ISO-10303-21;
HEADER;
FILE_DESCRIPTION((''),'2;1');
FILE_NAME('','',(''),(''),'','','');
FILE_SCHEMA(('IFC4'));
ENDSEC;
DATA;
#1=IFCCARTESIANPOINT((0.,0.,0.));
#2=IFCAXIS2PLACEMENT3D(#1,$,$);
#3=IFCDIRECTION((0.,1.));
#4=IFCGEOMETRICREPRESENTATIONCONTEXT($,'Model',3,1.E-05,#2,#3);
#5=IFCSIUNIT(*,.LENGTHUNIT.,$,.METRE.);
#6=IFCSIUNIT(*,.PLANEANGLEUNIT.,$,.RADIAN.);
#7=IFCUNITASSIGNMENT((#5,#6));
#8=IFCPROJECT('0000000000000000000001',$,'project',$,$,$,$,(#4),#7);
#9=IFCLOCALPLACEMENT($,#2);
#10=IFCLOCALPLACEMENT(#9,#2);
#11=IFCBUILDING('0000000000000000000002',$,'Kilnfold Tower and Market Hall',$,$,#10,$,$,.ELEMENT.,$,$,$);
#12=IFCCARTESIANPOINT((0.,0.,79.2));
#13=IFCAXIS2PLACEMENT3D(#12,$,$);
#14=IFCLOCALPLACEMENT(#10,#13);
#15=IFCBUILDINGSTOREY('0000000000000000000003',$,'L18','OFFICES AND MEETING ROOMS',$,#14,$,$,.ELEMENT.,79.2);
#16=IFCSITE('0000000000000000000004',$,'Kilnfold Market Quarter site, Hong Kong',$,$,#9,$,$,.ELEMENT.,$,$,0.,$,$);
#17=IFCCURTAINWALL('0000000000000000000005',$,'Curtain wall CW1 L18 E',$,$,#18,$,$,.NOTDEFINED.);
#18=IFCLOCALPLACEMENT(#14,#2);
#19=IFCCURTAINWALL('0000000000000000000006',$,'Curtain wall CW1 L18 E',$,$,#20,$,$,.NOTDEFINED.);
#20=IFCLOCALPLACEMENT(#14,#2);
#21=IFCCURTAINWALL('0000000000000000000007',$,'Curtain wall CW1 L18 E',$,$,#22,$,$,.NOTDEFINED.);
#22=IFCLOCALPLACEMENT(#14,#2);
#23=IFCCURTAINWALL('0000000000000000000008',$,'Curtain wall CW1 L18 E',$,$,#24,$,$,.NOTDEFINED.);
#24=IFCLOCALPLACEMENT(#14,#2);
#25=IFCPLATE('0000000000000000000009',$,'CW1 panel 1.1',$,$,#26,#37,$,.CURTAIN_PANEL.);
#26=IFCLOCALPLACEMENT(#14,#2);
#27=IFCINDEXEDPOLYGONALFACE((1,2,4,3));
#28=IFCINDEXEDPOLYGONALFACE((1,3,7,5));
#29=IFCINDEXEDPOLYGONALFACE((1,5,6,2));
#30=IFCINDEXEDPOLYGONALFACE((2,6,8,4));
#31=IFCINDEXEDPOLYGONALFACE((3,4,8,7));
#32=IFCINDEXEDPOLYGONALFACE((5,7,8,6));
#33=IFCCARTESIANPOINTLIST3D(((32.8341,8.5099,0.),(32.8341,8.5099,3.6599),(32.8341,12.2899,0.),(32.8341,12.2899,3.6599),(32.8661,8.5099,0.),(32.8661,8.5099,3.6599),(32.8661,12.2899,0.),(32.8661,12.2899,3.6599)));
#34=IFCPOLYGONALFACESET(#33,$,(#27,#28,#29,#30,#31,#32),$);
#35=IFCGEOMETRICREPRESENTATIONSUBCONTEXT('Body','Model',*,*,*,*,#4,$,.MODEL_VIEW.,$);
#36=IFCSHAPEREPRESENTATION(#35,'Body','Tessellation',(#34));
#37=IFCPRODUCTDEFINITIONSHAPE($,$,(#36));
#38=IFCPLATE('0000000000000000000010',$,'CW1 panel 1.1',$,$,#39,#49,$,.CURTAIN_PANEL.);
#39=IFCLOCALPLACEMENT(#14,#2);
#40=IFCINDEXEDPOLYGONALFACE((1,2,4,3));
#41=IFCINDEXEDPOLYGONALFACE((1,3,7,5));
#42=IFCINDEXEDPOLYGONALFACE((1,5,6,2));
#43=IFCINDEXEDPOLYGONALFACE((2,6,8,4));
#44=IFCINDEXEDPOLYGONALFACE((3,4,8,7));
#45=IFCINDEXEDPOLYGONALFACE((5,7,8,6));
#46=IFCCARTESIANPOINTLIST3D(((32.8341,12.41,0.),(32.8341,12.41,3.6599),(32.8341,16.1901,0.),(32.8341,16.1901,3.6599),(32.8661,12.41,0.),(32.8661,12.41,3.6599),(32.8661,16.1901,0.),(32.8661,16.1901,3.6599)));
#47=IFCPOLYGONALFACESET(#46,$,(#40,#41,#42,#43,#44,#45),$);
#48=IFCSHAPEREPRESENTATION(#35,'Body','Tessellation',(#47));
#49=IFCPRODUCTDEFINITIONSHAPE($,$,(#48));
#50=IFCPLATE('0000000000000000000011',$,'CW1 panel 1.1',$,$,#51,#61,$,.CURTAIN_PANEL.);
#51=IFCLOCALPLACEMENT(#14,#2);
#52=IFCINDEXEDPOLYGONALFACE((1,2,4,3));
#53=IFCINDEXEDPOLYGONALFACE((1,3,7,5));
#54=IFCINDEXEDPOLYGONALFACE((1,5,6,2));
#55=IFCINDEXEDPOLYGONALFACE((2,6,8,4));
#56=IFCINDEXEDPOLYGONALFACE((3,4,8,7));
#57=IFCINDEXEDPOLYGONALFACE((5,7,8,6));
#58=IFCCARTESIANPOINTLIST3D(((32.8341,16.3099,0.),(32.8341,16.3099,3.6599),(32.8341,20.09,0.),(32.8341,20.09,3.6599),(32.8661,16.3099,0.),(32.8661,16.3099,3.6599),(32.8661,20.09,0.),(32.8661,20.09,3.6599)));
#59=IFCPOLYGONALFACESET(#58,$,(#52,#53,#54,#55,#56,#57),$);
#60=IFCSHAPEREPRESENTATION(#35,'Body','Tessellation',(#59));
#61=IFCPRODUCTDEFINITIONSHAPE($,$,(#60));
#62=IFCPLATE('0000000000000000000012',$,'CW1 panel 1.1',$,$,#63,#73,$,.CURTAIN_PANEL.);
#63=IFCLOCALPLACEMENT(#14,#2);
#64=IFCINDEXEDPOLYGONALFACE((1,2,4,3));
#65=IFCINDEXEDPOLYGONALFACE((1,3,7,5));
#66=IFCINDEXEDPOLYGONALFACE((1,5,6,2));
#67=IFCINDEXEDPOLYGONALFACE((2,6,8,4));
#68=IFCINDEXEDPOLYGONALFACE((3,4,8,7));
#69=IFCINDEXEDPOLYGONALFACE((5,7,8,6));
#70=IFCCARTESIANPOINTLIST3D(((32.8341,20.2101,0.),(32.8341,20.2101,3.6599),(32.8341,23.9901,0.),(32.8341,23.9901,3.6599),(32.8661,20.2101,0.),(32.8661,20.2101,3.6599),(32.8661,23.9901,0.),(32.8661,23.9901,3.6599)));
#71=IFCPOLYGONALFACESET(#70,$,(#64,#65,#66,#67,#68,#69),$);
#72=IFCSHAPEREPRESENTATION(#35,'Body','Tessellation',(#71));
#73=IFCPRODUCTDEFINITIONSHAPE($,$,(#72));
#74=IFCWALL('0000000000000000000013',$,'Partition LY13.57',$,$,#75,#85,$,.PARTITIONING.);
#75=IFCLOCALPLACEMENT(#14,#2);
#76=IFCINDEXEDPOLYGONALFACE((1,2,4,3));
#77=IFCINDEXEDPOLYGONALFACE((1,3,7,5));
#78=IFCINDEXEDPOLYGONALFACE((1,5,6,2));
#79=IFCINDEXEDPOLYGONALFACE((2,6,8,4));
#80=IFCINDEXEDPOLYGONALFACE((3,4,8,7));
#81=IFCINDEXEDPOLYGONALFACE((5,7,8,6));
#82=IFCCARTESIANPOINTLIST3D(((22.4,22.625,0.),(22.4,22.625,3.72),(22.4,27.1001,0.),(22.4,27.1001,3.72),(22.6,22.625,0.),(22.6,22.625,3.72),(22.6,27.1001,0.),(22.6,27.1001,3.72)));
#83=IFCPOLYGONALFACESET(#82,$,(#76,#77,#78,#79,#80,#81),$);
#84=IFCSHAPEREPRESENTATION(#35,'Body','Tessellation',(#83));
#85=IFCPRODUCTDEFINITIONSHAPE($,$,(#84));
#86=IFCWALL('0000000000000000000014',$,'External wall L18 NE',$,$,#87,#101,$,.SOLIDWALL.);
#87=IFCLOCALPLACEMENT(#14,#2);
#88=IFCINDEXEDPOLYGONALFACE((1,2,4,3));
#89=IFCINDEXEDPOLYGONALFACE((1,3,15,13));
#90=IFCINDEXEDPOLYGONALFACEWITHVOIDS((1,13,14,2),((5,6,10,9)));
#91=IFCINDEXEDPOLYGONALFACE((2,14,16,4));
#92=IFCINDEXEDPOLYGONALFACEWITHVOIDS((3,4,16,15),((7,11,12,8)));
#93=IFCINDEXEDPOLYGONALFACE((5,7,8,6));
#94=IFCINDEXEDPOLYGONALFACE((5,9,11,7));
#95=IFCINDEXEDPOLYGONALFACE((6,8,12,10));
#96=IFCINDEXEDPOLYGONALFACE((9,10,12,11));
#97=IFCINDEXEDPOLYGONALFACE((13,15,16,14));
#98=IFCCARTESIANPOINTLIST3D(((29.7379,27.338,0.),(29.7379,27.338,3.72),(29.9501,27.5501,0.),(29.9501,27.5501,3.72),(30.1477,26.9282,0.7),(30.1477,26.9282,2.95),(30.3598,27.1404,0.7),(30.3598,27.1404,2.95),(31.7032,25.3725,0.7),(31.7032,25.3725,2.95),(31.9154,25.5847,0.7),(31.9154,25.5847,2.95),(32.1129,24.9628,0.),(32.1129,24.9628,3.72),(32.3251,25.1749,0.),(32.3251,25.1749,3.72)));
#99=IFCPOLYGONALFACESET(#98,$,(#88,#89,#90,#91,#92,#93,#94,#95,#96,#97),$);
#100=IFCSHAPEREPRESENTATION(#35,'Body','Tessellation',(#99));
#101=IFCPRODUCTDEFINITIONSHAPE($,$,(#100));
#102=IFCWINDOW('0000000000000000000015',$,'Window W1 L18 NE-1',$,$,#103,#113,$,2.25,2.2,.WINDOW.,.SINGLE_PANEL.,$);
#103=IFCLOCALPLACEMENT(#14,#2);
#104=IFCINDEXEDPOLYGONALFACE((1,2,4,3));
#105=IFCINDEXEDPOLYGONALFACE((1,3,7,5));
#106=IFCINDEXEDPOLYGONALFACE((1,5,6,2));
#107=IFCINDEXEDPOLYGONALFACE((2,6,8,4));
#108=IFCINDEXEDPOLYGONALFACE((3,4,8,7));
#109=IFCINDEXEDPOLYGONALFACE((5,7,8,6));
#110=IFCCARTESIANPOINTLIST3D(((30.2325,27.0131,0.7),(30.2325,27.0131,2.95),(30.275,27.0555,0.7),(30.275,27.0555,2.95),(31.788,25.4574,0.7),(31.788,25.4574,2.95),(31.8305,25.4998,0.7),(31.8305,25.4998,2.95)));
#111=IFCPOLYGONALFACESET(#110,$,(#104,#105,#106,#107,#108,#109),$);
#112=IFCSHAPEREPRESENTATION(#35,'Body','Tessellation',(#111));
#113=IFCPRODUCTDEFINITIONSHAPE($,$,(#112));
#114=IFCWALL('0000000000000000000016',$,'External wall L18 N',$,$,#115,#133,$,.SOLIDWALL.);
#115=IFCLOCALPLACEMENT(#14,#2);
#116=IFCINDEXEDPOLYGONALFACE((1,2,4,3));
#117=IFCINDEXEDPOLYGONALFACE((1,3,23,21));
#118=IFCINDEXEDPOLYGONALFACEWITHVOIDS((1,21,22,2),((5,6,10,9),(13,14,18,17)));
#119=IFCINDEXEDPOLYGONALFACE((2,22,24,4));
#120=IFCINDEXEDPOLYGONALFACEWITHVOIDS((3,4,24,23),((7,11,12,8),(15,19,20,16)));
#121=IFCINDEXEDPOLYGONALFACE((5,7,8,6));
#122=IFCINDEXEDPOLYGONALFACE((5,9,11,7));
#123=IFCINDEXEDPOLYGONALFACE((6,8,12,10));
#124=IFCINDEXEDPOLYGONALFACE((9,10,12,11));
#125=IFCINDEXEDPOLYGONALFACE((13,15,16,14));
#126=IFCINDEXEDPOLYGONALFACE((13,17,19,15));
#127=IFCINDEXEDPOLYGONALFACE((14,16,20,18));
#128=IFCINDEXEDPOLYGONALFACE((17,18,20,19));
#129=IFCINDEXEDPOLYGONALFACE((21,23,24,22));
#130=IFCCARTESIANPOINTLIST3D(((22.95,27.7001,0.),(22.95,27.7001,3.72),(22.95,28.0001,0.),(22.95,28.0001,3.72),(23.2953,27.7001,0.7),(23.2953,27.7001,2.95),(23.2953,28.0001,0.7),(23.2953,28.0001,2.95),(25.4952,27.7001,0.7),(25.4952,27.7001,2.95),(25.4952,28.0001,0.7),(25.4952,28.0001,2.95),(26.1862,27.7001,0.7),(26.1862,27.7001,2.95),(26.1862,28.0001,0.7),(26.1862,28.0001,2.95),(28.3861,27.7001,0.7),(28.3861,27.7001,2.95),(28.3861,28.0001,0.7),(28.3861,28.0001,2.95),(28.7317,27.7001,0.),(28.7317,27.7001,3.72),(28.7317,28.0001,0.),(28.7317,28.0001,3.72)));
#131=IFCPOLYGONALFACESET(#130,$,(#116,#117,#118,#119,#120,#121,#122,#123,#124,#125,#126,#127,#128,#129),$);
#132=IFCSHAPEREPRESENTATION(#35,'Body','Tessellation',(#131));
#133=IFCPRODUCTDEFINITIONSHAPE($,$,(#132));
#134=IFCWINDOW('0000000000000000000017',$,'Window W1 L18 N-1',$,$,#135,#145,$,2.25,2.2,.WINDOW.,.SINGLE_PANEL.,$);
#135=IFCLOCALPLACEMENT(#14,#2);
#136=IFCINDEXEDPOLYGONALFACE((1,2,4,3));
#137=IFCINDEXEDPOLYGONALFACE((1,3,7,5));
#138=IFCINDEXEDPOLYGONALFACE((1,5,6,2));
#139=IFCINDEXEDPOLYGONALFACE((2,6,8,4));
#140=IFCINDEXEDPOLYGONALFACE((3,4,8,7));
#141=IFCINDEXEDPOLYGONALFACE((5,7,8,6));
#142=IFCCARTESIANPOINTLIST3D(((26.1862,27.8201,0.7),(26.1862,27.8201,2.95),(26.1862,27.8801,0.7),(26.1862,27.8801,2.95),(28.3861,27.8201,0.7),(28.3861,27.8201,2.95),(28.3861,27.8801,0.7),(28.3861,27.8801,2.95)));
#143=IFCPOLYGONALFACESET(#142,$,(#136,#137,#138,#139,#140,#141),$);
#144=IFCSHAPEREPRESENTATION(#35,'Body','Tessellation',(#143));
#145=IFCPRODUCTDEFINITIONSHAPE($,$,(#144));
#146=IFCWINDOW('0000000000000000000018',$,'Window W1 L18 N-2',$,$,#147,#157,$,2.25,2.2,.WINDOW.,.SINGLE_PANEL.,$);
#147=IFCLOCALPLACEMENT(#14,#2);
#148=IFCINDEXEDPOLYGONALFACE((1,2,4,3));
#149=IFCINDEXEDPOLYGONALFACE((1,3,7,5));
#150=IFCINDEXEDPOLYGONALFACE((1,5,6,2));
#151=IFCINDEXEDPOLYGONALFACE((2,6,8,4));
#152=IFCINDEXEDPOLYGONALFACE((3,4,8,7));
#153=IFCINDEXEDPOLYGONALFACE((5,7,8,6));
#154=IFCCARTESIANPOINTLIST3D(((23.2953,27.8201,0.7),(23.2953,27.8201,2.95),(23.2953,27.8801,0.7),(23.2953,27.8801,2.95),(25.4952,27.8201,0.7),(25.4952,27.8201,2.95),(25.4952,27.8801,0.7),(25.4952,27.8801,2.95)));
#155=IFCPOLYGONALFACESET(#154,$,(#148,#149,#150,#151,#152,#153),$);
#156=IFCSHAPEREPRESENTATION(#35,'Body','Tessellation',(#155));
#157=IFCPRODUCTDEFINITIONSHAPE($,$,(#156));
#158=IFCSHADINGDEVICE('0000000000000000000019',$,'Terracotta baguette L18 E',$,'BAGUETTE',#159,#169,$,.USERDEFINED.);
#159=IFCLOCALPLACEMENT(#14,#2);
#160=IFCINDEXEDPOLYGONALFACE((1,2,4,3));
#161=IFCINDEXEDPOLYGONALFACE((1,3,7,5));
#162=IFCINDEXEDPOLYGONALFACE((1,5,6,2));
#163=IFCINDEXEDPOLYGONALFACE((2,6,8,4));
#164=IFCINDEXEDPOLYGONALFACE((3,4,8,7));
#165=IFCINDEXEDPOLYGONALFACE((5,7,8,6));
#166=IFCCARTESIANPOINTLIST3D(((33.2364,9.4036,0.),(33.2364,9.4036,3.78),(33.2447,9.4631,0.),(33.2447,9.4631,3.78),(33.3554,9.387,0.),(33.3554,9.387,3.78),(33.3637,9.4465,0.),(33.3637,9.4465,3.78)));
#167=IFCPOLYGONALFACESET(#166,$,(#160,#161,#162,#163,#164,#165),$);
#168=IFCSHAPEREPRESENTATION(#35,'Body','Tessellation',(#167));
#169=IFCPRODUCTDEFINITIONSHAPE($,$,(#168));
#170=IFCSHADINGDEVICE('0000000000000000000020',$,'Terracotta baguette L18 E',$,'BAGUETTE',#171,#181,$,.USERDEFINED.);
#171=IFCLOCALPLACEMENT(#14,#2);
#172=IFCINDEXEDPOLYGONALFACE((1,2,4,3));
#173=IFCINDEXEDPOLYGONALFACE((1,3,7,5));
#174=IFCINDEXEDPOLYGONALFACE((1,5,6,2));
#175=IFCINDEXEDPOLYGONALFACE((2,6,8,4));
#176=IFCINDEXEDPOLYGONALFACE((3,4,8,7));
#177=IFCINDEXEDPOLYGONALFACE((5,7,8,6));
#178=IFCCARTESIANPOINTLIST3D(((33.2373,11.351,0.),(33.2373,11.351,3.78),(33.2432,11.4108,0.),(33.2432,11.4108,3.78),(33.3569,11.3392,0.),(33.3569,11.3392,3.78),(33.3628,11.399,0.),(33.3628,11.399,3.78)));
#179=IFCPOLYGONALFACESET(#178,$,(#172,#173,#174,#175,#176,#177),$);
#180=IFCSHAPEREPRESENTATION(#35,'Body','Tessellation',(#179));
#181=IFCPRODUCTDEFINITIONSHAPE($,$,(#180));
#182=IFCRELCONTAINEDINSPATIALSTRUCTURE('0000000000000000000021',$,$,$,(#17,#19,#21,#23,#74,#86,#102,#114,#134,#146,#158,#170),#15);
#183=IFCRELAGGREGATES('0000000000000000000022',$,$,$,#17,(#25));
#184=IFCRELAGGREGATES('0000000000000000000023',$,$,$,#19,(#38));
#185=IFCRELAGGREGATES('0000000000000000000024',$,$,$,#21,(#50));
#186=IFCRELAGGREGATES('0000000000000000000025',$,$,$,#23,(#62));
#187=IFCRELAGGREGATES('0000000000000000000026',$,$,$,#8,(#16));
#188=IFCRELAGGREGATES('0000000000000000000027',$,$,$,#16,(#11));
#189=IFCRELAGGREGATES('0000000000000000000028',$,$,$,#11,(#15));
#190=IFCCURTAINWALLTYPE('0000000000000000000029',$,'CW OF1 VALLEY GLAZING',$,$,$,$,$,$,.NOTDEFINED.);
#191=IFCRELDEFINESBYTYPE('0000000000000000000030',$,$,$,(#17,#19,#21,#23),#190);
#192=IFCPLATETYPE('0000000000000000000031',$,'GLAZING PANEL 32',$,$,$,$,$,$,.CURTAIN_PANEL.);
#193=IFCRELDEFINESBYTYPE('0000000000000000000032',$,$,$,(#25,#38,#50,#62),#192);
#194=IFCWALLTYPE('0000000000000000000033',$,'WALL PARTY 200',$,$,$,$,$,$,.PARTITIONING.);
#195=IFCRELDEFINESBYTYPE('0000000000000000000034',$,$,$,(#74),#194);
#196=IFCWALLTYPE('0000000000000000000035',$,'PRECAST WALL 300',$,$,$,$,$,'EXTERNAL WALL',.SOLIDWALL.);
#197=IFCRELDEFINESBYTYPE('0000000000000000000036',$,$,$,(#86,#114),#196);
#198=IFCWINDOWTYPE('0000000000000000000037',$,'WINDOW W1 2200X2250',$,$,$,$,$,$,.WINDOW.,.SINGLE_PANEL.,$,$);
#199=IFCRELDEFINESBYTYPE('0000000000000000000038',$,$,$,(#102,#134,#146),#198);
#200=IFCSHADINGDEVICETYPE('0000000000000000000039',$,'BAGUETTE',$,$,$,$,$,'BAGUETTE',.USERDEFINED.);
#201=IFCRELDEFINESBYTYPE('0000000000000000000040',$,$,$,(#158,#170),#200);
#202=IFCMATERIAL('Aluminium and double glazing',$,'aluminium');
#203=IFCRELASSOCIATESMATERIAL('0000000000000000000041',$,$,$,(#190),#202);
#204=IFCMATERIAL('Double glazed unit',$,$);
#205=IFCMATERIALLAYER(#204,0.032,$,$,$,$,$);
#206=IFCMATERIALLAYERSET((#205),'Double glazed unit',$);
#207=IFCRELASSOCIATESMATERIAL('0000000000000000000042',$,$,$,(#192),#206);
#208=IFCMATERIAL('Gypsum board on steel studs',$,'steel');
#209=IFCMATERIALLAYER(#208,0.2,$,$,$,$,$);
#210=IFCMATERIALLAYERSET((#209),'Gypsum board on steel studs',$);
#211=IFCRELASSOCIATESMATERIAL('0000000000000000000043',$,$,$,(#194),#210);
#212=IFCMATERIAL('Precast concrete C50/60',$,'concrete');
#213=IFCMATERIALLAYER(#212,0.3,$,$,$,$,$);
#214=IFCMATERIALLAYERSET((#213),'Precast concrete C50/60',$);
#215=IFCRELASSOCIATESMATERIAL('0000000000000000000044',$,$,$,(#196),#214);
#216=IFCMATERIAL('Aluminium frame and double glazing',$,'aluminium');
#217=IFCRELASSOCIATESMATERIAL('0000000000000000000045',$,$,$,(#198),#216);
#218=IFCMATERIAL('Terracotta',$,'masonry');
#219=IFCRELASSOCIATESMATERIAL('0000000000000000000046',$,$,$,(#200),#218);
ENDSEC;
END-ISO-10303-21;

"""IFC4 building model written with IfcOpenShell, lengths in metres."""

from ifc_helpers import new_model, si_unit, direction, frame, frame_2d, origin, origin_2d, place, context, subcontext, project, spatial, rectangle, extrude, source, transform, mapped, material, layer, layer_set, material_profile, profile_set, type_object, element, fill, aggregate, save


model = new_model("IFC4")

# Units and contexts
model_context = context("Model", 3, precision=1e-05, world=origin(), true_north=direction((0.0, 1.0)))
body_context = subcontext(model_context, "Body", "Model", "MODEL_VIEW")
ifc_project = project(units=[si_unit("LENGTHUNIT", "METRE"), si_unit("PLANEANGLEUNIT", "RADIAN")], contexts=[model_context])

# Site, building, storey
site_placement = place(None, origin())
site = spatial("IfcSite", under=ifc_project, at=site_placement, Name="Kilnfold Market Quarter site, Hong Kong", CompositionType="ELEMENT", RefElevation=0.0)
building_placement = place(site_placement, origin())
building = spatial("IfcBuilding", under=site, at=building_placement, Name="Kilnfold Tower and Market Hall", CompositionType="ELEMENT")
storey_placement = place(building_placement, frame((0.0, 0.0, 79.2)))
storey = spatial("IfcBuildingStorey", under=building, at=storey_placement, Name="L18", Description="OFFICES AND MEETING ROOMS", CompositionType="ELEMENT", Elevation=79.2)

# Curtain wall
ifc_material_1 = material(Name="Aluminium and double glazing", Category="aluminium")
curtain_wall_type = type_object("IfcCurtainWallType", Name="CW OF1 VALLEY GLAZING", PredefinedType="NOTDEFINED", material=ifc_material_1)
curtain_wall_1_placement = place(storey_placement, origin())
curtain_wall_1 = element("IfcCurtainWall", 1, at=curtain_wall_1_placement, inside=storey, type_object=curtain_wall_type, Name="Curtain wall CW1 L18 E", PredefinedType="NOTDEFINED")

# Curtain walls
curtain_wall_2_placement = place(storey_placement, origin())
curtain_wall_2 = element("IfcCurtainWall", 2, at=curtain_wall_2_placement, inside=storey, type_object=curtain_wall_type, Name="Curtain wall CW1 L18 E", PredefinedType="NOTDEFINED")
curtain_wall_3_placement = place(storey_placement, origin())
curtain_wall_3 = element("IfcCurtainWall", 3, at=curtain_wall_3_placement, inside=storey, type_object=curtain_wall_type, Name="Curtain wall CW1 L18 E", PredefinedType="NOTDEFINED")
curtain_wall_4_placement = place(storey_placement, origin())
curtain_wall_4 = element("IfcCurtainWall", 4, at=curtain_wall_4_placement, inside=storey, type_object=curtain_wall_type, Name="Curtain wall CW1 L18 E", PredefinedType="NOTDEFINED")

# Plates
ifc_material_2 = material(Name="Double glazed unit")
ifc_layer_1 = layer(ifc_material_2, 0.032)
ifc_layer_set_1 = layer_set([ifc_layer_1], Name="Double glazed unit")
plate_type = type_object("IfcPlateType", Name="GLAZING PANEL 32", PredefinedType="CURTAIN_PANEL", material=ifc_layer_set_1)
shared_shape_1 = source(origin(), body_context, "Body", "SweptSolid", [
    extrude(rectangle(XDim=3.78, YDim=0.032, at=origin_2d()), origin(), (0.0, 0.0, 1.0), 3.6599),
])
plate_1_placement = place(storey_placement, frame((32.8501, 10.3999, 0.0), z_axis=(0.0, 0.0, 1.0), x_axis=(0.0, 1.0, 0.0)))
plate_1 = element("IfcPlate", 5, at=plate_1_placement, type_object=plate_type, Name="CW1 panel 1.1", PredefinedType="CURTAIN_PANEL", context=body_context, shape_type="MappedRepresentation", body=[
    mapped(shared_shape_1, transform((0.0, 0.0, 0.0))),
])
aggregate(curtain_wall_1, [plate_1])
plate_2_placement = place(storey_placement, frame((32.8501, 14.3, 0.0), z_axis=(0.0, 0.0, 1.0), x_axis=(0.0, 1.0, 0.0)))
plate_2 = element("IfcPlate", 6, at=plate_2_placement, type_object=plate_type, Name="CW1 panel 1.1", PredefinedType="CURTAIN_PANEL", context=body_context, shape_type="MappedRepresentation", body=[
    mapped(shared_shape_1, transform((0.0, 0.0, 0.0))),
])
aggregate(curtain_wall_2, [plate_2])
plate_3_placement = place(storey_placement, frame((32.8501, 18.2, 0.0), z_axis=(0.0, 0.0, 1.0), x_axis=(0.0, 1.0, 0.0)))
plate_3 = element("IfcPlate", 7, at=plate_3_placement, type_object=plate_type, Name="CW1 panel 1.1", PredefinedType="CURTAIN_PANEL", context=body_context, shape_type="MappedRepresentation", body=[
    mapped(shared_shape_1, transform((0.0, 0.0, 0.0))),
])
aggregate(curtain_wall_3, [plate_3])
plate_4_placement = place(storey_placement, frame((32.8501, 22.1001, 0.0), z_axis=(0.0, 0.0, 1.0), x_axis=(0.0, 1.0, 0.0)))
plate_4 = element("IfcPlate", 8, at=plate_4_placement, type_object=plate_type, Name="CW1 panel 1.1", PredefinedType="CURTAIN_PANEL", context=body_context, shape_type="MappedRepresentation", body=[
    mapped(shared_shape_1, transform((0.0, 0.0, 0.0))),
])
aggregate(curtain_wall_4, [plate_4])

# Wall
ifc_material_3 = material(Name="Gypsum board on steel studs", Category="steel")
ifc_layer_2 = layer(ifc_material_3, 0.2)
ifc_layer_set_2 = layer_set([ifc_layer_2], Name="Gypsum board on steel studs")
wall_type_1 = type_object("IfcWallType", Name="WALL PARTY 200", PredefinedType="PARTITIONING", material=ifc_layer_set_2)
wall_1_placement = place(storey_placement, frame((22.5, 22.625, 0.0), z_axis=(0.0, 0.0, 1.0), x_axis=(0.0, 1.0, 0.0)))
element("IfcWall", 9, at=wall_1_placement, inside=storey, type_object=wall_type_1, Name="Partition LY13.57", PredefinedType="PARTITIONING", context=body_context, shape_type="SweptSolid", body=[
    extrude(rectangle(XDim=4.4751, YDim=0.2, at=frame_2d((2.2375, 0.0))), origin(), (0.0, 0.0, 1.0), 3.72),
])

# Wall, opening, window
ifc_material_4 = material(Name="Precast concrete C50/60", Category="concrete")
ifc_layer_3 = layer(ifc_material_4, 0.3)
ifc_layer_set_3 = layer_set([ifc_layer_3], Name="Precast concrete C50/60")
wall_type_2 = type_object("IfcWallType", Name="PRECAST WALL 300", ElementType="EXTERNAL WALL", PredefinedType="SOLIDWALL", material=ifc_layer_set_3)
shared_shape_2 = source(origin(), body_context, "Body", "SweptSolid", [
    extrude(rectangle(XDim=3.3589, YDim=0.3, at=frame_2d((1.6794, 0.0))), origin(), (0.0, 0.0, 1.0), 3.72),
])
wall_2_placement = place(storey_placement, frame((32.219, 25.0688, 0.0), z_axis=(0.0, 0.0, 1.0), x_axis=(-0.70707, 0.707143, 0.0)))
wall_2 = element("IfcWall", 10, at=wall_2_placement, inside=storey, type_object=wall_type_2, Name="External wall L18 NE", PredefinedType="SOLIDWALL", context=body_context, shape_type="MappedRepresentation", body=[
    mapped(shared_shape_2, transform((0.0, 0.0, 0.0))),
])
opening_1_placement = place(wall_2_placement, frame((0.5793, 0.0, 0.7)))
opening_1 = element("IfcOpeningElement", 11, at=opening_1_placement, cuts=wall_2, PredefinedType="OPENING", context=body_context, shape_type="SweptSolid", body=[
    extrude(rectangle(XDim=2.2, YDim=2.25, at=frame_2d((1.1001, 1.125))), frame((0.0, 0.1602, 0.0), z_axis=(0.0, -1.0, 0.0), x_axis=(1.0, 0.0, 0.0)), (0.0, 0.0, 1.0), 0.3201),
])
ifc_material_5 = material(Name="Aluminium frame and double glazing", Category="aluminium")
window_type = type_object("IfcWindowType", Name="WINDOW W1 2200X2250", PartitioningType="SINGLE_PANEL", PredefinedType="WINDOW", material=ifc_material_5)
window_1_placement = place(opening_1_placement, origin())
window_1 = element("IfcWindow", 12, at=window_1_placement, inside=storey, type_object=window_type, Name="Window W1 L18 NE-1", OverallHeight=2.25, OverallWidth=2.2, PartitioningType="SINGLE_PANEL", PredefinedType="WINDOW", context=body_context, shape_type="SweptSolid", body=[
    extrude(rectangle(XDim=2.2, YDim=2.25, at=frame_2d((1.1001, 1.125))), frame((0.0, 0.03, 0.0), z_axis=(0.0, -1.0, 0.0), x_axis=(1.0, 0.0, 0.0)), (0.0, 0.0, 1.0), 0.0601),
])
fill(opening_1, window_1)

# Wall, openings, windows
shared_shape_3 = source(origin(), body_context, "Body", "SweptSolid", [
    extrude(rectangle(XDim=5.7817, YDim=0.3, at=frame_2d((2.8909, 0.0))), origin(), (0.0, 0.0, 1.0), 3.72),
])
wall_3_placement = place(storey_placement, frame((28.7317, 27.8501, 0.0), z_axis=(0.0, 0.0, 1.0), x_axis=(-1.0, 0.0, 0.0)))
wall_3 = element("IfcWall", 13, at=wall_3_placement, inside=storey, type_object=wall_type_2, Name="External wall L18 N", PredefinedType="SOLIDWALL", context=body_context, shape_type="MappedRepresentation", body=[
    mapped(shared_shape_3, transform((0.0, 0.0, 0.0))),
])
opening_2_placement = place(wall_3_placement, frame((0.3455, 0.0, 0.7)))
opening_2 = element("IfcOpeningElement", 14, at=opening_2_placement, cuts=wall_3, PredefinedType="OPENING", context=body_context, shape_type="SweptSolid", body=[
    extrude(rectangle(XDim=2.2, YDim=2.25, at=frame_2d((1.1001, 1.125))), frame((0.0, 0.1602, 0.0), z_axis=(0.0, -1.0, 0.0), x_axis=(1.0, 0.0, 0.0)), (0.0, 0.0, 1.0), 0.3201),
])
opening_3_placement = place(wall_3_placement, frame((3.2363, 0.0, 0.7)))
opening_3 = element("IfcOpeningElement", 15, at=opening_3_placement, cuts=wall_3, PredefinedType="OPENING", context=body_context, shape_type="SweptSolid", body=[
    extrude(rectangle(XDim=2.2, YDim=2.25, at=frame_2d((1.1001, 1.125))), frame((0.0, 0.1602, 0.0), z_axis=(0.0, -1.0, 0.0), x_axis=(1.0, 0.0, 0.0)), (0.0, 0.0, 1.0), 0.3201),
])
window_2_placement = place(opening_2_placement, origin())
window_2 = element("IfcWindow", 16, at=window_2_placement, inside=storey, type_object=window_type, Name="Window W1 L18 N-1", OverallHeight=2.25, OverallWidth=2.2, PartitioningType="SINGLE_PANEL", PredefinedType="WINDOW", context=body_context, shape_type="SweptSolid", body=[
    extrude(rectangle(XDim=2.2, YDim=2.25, at=frame_2d((1.1001, 1.125))), frame((0.0, 0.03, 0.0), z_axis=(0.0, -1.0, 0.0), x_axis=(1.0, 0.0, 0.0)), (0.0, 0.0, 1.0), 0.0601),
])
fill(opening_2, window_2)
window_3_placement = place(opening_3_placement, origin())
window_3 = element("IfcWindow", 17, at=window_3_placement, inside=storey, type_object=window_type, Name="Window W1 L18 N-2", OverallHeight=2.25, OverallWidth=2.2, PartitioningType="SINGLE_PANEL", PredefinedType="WINDOW", context=body_context, shape_type="SweptSolid", body=[
    extrude(rectangle(XDim=2.2, YDim=2.25, at=frame_2d((1.1001, 1.125))), frame((0.0, 0.03, 0.0), z_axis=(0.0, -1.0, 0.0), x_axis=(1.0, 0.0, 0.0)), (0.0, 0.0, 1.0), 0.0601),
])
fill(opening_3, window_3)

# Shading devices
ifc_material_6 = material(Name="Terracotta", Category="masonry")
ifc_material_profile_1 = material_profile(ifc_material_6, rectangle(XDim=0.0601, YDim=0.1201, at=origin_2d()), Name="BAG 60x120")
ifc_profile_set_1 = profile_set([ifc_material_profile_1], Name="Terracotta")
shading_device_type = type_object("IfcShadingDeviceType", Name="BAGUETTE", ElementType="BAGUETTE", PredefinedType="USERDEFINED", material=ifc_profile_set_1)
shared_shape_4 = source(origin(), body_context, "Body", "SweptSolid", [
    extrude(rectangle(XDim=0.0601, YDim=0.1201, at=origin_2d()), origin(), (0.0, 0.0, 1.0), 3.78),
])
for number, where, z_axis, x_axis, name in (
    (18, (33.3, 9.425, 0.0), (0.0, 0.0, 1.0), (0.138696, 0.990335, 0.0), "Terracotta baguette L18 E"),
    (19, (33.3, 11.375, 0.0), (0.0, 0.0, 1.0), (0.097918, 0.995194, 0.0), "Terracotta baguette L18 E"),
):
    element("IfcShadingDevice", number, at=place(storey_placement, frame(where, z_axis=z_axis, x_axis=x_axis)), inside=storey, type_object=shading_device_type, Name=name, ObjectType="BAGUETTE", PredefinedType="USERDEFINED", context=body_context, shape_type="MappedRepresentation", body=[
        mapped(shared_shape_4, transform((0.0, 0.0, 0.0))),
    ])

save(model, "model.ifc")
